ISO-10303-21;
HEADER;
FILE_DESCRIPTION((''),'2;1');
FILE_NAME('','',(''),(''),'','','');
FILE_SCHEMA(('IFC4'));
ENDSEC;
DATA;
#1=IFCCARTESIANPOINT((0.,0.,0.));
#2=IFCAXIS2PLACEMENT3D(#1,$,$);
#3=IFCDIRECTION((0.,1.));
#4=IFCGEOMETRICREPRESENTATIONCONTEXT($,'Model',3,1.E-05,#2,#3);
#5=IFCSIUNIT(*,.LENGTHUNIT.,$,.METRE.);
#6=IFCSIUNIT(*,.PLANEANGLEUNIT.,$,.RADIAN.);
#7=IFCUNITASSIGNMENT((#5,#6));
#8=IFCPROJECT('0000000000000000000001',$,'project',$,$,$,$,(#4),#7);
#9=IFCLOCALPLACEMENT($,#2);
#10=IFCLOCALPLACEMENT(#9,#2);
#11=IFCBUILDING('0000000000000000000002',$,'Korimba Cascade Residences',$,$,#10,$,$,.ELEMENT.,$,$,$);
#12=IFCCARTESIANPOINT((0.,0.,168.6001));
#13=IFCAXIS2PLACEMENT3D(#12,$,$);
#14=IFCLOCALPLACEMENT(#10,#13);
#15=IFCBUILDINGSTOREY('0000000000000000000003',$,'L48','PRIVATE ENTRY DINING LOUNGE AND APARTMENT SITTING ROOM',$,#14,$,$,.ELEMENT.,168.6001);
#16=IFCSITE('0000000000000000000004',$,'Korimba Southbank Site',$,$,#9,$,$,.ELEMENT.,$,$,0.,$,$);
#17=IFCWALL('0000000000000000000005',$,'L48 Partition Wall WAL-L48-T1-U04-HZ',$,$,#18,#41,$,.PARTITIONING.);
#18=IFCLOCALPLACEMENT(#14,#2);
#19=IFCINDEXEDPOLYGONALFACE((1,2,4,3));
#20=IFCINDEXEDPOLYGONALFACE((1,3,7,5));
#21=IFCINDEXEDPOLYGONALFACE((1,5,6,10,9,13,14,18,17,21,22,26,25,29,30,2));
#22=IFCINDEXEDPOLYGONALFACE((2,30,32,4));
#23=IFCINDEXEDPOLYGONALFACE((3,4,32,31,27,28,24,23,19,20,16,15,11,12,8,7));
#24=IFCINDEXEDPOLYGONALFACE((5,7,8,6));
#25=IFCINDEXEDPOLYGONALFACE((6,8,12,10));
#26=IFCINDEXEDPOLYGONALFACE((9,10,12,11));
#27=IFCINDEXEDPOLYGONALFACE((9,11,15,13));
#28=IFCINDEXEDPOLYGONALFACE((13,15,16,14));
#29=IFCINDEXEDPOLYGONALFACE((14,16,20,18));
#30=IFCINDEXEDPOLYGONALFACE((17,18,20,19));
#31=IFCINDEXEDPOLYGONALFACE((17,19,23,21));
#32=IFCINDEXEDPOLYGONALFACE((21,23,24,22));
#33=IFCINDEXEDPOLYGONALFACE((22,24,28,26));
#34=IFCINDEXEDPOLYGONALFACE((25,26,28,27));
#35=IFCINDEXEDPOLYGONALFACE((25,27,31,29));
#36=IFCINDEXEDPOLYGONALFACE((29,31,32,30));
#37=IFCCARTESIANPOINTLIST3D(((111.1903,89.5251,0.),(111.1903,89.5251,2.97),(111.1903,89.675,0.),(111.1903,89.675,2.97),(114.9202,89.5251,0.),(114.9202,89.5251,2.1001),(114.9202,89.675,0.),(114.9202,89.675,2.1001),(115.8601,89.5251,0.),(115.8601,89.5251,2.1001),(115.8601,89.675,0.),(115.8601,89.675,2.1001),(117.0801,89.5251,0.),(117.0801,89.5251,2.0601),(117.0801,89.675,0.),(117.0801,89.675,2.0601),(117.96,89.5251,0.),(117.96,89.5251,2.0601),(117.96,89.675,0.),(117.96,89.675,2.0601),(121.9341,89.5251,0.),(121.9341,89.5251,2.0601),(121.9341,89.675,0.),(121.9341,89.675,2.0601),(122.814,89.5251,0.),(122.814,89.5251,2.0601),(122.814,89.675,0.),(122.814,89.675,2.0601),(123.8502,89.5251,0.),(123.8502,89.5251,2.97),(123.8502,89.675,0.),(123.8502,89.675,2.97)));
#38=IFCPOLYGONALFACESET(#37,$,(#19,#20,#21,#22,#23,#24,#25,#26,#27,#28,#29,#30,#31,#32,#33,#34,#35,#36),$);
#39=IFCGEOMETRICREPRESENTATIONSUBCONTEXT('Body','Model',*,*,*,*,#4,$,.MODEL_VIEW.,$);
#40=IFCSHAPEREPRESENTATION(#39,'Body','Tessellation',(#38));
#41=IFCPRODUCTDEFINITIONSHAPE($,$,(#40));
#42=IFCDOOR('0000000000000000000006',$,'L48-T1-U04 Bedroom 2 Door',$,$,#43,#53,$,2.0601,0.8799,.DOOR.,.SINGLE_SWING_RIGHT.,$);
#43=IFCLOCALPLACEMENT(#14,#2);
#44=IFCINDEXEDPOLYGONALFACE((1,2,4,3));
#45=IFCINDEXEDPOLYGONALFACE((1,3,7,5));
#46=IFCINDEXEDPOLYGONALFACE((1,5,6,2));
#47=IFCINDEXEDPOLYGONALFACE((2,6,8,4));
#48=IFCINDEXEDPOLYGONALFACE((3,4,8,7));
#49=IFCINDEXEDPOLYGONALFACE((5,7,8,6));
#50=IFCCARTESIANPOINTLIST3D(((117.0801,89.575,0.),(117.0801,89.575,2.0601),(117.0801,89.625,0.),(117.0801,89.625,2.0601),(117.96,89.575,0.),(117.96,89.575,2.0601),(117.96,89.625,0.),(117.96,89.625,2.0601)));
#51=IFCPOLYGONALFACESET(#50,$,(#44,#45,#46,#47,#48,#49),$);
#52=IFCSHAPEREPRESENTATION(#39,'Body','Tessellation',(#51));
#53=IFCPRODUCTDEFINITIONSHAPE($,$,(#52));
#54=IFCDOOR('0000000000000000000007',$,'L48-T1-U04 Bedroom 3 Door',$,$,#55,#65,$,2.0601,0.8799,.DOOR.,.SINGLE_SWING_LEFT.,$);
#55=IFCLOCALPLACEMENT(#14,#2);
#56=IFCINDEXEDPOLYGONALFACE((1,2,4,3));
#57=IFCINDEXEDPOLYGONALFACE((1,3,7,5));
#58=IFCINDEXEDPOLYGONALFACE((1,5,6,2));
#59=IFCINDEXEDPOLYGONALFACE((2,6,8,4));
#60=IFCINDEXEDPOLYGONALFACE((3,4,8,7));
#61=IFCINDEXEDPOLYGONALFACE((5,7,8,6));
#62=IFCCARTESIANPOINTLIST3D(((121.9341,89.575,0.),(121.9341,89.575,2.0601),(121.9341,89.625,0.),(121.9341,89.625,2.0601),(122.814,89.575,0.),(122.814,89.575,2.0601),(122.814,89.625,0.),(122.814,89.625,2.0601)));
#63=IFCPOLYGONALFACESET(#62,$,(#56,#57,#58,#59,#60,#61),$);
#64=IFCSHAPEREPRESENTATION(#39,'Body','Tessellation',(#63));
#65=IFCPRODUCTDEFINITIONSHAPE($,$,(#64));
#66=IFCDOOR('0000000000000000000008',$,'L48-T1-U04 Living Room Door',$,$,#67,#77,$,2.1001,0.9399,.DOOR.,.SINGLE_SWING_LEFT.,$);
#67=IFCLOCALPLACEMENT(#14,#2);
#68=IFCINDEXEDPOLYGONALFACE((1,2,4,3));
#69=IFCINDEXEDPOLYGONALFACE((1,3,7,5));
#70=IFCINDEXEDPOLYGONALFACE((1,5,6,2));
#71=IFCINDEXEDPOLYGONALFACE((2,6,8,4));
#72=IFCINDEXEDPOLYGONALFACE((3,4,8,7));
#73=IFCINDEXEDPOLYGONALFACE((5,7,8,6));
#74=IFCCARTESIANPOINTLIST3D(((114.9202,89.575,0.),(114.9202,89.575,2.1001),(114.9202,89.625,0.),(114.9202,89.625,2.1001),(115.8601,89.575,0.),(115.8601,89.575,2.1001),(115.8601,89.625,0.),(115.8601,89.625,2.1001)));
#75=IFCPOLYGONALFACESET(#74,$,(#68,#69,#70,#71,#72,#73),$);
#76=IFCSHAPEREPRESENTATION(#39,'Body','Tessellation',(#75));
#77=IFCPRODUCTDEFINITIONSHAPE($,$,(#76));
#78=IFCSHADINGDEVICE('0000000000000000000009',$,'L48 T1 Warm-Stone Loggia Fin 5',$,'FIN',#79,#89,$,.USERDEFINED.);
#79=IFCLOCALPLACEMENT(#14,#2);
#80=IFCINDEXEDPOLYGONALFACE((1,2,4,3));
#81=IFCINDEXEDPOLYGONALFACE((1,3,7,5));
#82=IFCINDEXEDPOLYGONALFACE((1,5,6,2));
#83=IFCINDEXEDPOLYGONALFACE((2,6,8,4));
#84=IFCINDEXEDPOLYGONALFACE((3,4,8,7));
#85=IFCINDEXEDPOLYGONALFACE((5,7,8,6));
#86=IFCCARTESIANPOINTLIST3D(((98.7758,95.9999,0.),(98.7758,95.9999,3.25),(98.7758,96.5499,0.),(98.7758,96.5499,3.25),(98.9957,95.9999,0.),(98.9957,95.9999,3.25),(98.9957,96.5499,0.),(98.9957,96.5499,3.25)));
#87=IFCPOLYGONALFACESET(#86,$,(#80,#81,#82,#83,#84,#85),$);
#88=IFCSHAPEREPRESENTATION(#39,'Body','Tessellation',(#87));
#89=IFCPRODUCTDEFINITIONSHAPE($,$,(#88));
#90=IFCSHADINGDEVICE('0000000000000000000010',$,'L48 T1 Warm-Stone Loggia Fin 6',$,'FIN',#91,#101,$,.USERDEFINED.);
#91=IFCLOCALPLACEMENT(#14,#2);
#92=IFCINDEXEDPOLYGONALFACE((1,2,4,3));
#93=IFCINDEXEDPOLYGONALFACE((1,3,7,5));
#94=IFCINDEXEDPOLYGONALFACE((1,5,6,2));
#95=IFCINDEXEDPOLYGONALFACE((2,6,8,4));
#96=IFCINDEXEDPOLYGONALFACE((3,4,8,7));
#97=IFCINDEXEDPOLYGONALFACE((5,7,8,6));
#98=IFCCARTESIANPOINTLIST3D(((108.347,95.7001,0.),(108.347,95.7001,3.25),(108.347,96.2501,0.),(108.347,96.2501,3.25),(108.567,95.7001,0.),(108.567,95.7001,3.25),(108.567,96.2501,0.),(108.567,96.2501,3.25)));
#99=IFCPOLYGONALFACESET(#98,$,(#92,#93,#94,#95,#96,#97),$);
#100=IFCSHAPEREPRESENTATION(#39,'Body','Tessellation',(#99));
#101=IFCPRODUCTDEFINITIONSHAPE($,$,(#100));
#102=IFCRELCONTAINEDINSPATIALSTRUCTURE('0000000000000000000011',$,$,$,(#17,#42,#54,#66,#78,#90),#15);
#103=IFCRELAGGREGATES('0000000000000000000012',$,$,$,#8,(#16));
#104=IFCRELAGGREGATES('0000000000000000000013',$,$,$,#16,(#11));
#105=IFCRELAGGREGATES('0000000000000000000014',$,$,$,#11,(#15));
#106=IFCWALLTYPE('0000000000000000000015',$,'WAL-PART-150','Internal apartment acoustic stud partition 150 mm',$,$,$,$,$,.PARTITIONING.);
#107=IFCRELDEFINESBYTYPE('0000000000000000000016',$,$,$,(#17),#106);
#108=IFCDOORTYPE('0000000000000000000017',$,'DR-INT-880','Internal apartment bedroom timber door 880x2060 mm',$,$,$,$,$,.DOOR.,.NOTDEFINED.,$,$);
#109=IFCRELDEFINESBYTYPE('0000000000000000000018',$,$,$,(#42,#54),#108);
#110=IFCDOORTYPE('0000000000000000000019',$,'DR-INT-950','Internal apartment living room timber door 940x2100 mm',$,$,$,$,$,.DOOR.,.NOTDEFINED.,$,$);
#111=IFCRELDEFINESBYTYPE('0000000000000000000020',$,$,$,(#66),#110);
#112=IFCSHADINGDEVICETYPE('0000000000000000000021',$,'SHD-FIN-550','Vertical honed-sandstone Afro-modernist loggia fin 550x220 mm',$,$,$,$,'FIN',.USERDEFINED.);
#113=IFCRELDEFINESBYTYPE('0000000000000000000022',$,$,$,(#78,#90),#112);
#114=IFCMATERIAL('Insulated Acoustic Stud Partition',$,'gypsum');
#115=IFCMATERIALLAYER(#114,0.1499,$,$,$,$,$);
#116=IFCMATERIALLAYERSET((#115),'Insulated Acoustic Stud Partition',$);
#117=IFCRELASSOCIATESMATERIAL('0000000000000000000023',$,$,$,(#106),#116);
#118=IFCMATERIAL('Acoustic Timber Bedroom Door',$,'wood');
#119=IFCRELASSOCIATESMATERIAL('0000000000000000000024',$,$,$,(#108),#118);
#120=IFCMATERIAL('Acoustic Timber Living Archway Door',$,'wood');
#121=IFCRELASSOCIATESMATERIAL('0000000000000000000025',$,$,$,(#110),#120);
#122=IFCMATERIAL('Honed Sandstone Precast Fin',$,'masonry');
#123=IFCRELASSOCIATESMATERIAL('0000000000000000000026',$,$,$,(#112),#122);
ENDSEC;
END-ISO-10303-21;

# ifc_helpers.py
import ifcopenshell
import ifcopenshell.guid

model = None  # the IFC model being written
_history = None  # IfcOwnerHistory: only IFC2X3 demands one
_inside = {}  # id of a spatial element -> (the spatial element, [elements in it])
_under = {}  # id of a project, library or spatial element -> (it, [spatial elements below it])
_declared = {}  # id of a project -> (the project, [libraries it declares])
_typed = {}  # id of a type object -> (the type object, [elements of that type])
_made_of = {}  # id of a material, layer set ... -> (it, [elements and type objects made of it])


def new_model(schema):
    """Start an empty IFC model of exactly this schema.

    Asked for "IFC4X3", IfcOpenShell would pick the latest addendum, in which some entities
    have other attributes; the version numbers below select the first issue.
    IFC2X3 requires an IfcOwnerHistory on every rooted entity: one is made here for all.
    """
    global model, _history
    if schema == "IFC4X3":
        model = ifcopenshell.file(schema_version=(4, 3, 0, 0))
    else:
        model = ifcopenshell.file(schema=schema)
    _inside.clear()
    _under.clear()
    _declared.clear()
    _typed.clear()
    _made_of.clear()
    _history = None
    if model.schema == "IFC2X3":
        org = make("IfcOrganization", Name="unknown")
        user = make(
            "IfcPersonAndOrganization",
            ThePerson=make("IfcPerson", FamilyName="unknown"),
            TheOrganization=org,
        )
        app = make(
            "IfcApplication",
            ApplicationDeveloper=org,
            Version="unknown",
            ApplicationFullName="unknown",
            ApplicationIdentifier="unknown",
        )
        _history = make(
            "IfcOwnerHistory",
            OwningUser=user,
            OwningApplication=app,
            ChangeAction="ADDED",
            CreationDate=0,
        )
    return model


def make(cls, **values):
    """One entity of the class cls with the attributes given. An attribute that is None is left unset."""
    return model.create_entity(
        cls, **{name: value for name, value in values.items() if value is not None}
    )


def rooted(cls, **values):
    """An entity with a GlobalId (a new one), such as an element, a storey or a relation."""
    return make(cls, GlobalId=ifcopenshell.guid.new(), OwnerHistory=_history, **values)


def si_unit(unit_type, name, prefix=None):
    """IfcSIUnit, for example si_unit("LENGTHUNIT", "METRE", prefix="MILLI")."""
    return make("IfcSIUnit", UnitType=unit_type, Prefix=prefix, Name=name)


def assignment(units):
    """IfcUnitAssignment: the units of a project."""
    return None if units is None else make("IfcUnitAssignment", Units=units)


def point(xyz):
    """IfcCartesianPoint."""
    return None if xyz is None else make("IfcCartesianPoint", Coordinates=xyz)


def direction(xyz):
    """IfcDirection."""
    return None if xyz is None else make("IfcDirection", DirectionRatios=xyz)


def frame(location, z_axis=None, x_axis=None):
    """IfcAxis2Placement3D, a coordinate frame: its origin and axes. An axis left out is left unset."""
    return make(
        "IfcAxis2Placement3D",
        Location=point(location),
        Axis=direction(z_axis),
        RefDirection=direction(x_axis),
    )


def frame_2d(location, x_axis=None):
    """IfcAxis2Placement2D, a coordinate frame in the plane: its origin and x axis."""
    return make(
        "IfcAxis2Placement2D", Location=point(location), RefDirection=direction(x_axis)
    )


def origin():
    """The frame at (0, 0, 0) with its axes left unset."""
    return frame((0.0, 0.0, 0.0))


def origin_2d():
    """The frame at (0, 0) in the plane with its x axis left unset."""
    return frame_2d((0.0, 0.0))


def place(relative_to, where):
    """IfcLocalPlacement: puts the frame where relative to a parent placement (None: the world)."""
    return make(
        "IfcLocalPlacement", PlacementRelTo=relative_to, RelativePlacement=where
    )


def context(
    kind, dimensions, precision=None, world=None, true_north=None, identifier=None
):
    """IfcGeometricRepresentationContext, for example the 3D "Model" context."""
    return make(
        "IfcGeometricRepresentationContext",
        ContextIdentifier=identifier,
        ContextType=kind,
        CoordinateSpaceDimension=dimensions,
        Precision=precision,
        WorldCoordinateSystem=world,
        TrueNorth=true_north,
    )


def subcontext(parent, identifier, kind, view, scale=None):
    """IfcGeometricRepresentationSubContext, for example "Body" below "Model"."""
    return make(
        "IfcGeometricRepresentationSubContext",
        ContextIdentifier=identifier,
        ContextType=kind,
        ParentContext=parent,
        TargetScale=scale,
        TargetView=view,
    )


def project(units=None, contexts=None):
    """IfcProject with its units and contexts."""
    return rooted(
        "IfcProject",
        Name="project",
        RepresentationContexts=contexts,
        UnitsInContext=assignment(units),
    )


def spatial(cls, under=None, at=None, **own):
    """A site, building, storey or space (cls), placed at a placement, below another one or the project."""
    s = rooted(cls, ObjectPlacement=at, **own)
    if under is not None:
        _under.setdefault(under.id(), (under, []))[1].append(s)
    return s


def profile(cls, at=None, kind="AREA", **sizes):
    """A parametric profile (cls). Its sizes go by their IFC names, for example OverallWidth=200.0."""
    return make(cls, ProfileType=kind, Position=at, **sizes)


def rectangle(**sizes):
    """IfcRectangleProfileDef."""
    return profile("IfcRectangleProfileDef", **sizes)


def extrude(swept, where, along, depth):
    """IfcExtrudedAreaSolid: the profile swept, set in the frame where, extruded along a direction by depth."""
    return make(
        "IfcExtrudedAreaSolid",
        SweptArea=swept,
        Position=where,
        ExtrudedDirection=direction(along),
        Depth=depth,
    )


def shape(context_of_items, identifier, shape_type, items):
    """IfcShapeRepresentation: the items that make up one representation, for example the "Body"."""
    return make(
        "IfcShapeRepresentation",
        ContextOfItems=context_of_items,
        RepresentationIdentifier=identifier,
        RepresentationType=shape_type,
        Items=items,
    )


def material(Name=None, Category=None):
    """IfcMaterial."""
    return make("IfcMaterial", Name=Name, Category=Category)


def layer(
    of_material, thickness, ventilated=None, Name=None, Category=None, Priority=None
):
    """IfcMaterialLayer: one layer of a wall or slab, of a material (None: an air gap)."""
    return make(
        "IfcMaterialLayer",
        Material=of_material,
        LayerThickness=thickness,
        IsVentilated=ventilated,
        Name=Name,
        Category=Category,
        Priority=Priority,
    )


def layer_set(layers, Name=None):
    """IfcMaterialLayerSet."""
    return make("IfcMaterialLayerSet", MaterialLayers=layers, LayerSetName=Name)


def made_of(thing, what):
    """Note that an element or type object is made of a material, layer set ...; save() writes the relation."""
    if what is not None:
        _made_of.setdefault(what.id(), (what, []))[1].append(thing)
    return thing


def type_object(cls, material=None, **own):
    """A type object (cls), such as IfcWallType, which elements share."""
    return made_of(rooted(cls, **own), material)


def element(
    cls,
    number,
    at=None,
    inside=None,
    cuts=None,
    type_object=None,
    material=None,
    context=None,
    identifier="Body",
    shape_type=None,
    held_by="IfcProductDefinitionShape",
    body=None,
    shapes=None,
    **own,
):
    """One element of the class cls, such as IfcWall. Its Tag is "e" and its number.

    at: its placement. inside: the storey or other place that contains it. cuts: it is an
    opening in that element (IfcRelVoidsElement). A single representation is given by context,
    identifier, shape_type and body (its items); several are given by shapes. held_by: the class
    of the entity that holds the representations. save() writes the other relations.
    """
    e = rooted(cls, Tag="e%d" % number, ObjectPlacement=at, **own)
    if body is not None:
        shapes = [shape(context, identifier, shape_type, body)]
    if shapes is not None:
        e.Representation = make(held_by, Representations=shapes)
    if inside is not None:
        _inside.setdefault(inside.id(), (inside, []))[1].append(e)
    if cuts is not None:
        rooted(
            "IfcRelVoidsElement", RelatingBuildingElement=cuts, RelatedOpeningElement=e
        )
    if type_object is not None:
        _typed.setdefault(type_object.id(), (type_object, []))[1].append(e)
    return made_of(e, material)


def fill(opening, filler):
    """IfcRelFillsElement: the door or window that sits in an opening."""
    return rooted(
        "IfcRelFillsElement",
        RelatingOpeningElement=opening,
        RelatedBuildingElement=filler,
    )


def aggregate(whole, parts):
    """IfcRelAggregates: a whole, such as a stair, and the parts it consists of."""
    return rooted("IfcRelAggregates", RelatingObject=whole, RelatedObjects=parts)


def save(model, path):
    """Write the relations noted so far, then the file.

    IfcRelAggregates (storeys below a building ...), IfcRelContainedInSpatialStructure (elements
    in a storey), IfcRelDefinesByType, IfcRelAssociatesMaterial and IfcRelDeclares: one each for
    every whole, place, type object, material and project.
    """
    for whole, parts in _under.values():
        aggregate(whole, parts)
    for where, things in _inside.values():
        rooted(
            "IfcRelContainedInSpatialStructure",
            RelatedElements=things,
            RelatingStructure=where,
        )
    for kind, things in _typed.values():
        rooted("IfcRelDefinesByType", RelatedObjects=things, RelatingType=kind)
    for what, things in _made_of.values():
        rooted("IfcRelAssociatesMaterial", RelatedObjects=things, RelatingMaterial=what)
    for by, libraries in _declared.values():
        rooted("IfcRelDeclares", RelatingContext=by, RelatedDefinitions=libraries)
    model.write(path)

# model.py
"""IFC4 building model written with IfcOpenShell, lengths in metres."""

from ifc_helpers import new_model, si_unit, direction, frame, frame_2d, origin, origin_2d, place, context, subcontext, project, spatial, rectangle, extrude, material, layer, layer_set, type_object, element, fill, save


model = new_model("IFC4")

# Units and contexts
model_context = context("Model", 3, precision=1e-05, world=origin(), true_north=direction((0.0, 1.0)))
body_context = subcontext(model_context, "Body", "Model", "MODEL_VIEW")
ifc_project = project(units=[si_unit("LENGTHUNIT", "METRE"), si_unit("PLANEANGLEUNIT", "RADIAN")], contexts=[model_context])

# Site, building, storey
site_placement = place(None, origin())
site = spatial("IfcSite", under=ifc_project, at=site_placement, Name="Korimba Southbank Site", CompositionType="ELEMENT", RefElevation=0.0)
building_placement = place(site_placement, origin())
building = spatial("IfcBuilding", under=site, at=building_placement, Name="Korimba Cascade Residences", CompositionType="ELEMENT")
storey_placement = place(building_placement, frame((0.0, 0.0, 168.6001)))
storey = spatial("IfcBuildingStorey", under=building, at=storey_placement, Name="L48", Description="PRIVATE ENTRY DINING LOUNGE AND APARTMENT SITTING ROOM", CompositionType="ELEMENT", Elevation=168.6001)

# Shared definitions
ifc_material_1 = material(Name="Insulated Acoustic Stud Partition", Category="gypsum")
ifc_layer = layer(ifc_material_1, 0.1499)
ifc_layer_set = layer_set([ifc_layer], Name="Insulated Acoustic Stud Partition")
wall_type = type_object("IfcWallType", Name="WAL-PART-150", Description="Internal apartment acoustic stud partition 150 mm", PredefinedType="PARTITIONING", material=ifc_layer_set)

# Wall, openings, doors
ifc_material_2 = material(Name="Acoustic Timber Bedroom Door", Category="wood")
door_type_1 = type_object("IfcDoorType", Name="DR-INT-880", Description="Internal apartment bedroom timber door 880x2060 mm", OperationType="NOTDEFINED", PredefinedType="DOOR", material=ifc_material_2)
ifc_material_3 = material(Name="Acoustic Timber Living Archway Door", Category="wood")
door_type_2 = type_object("IfcDoorType", Name="DR-INT-950", Description="Internal apartment living room timber door 940x2100 mm", OperationType="NOTDEFINED", PredefinedType="DOOR", material=ifc_material_3)
wall_1_placement = place(storey_placement, frame((111.1902, 89.6001, 0.0), z_axis=(0.0, 0.0, 1.0), x_axis=(1.0, 0.0, 0.0)))
wall_1 = element("IfcWall", 1, at=wall_1_placement, inside=storey, type_object=wall_type, Name="L48 Partition Wall WAL-L48-T1-U04-HZ", PredefinedType="PARTITIONING", context=body_context, shape_type="SweptSolid", body=[
    extrude(rectangle(XDim=12.6599, YDim=0.1499, at=frame_2d((6.3301, 0.0))), origin(), (0.0, 0.0, 1.0), 2.97),
])
opening_1_placement = place(wall_1_placement, frame((3.73, 0.0, 0.0)))
opening_1 = element("IfcOpeningElement", 2, at=opening_1_placement, cuts=wall_1, PredefinedType="OPENING", context=body_context, shape_type="SweptSolid", body=[
    extrude(rectangle(XDim=0.9399, YDim=2.1001, at=frame_2d((0.47, 1.05))), frame((0.0, 0.085, 0.0), z_axis=(0.0, -1.0, 0.0), x_axis=(1.0, 0.0, 0.0)), (0.0, 0.0, 1.0), 0.1699),
])
opening_2_placement = place(wall_1_placement, frame((5.8899, 0.0, 0.0)))
opening_2 = element("IfcOpeningElement", 3, at=opening_2_placement, cuts=wall_1, PredefinedType="OPENING", context=body_context, shape_type="SweptSolid", body=[
    extrude(rectangle(XDim=0.8799, YDim=2.0601, at=frame_2d((0.4399, 1.03))), frame((0.0, 0.085, 0.0), z_axis=(0.0, -1.0, 0.0), x_axis=(1.0, 0.0, 0.0)), (0.0, 0.0, 1.0), 0.1699),
])
opening_3_placement = place(wall_1_placement, frame((10.7439, 0.0, 0.0)))
opening_3 = element("IfcOpeningElement", 4, at=opening_3_placement, cuts=wall_1, PredefinedType="OPENING", context=body_context, shape_type="SweptSolid", body=[
    extrude(rectangle(XDim=0.8799, YDim=2.0601, at=frame_2d((0.4399, 1.03))), frame((0.0, 0.085, 0.0), z_axis=(0.0, -1.0, 0.0), x_axis=(1.0, 0.0, 0.0)), (0.0, 0.0, 1.0), 0.1699),
])
door_1_placement = place(opening_2_placement, origin())
door_1 = element("IfcDoor", 5, at=door_1_placement, inside=storey, type_object=door_type_1, Name="L48-T1-U04 Bedroom 2 Door", OperationType="SINGLE_SWING_RIGHT", OverallHeight=2.0601, OverallWidth=0.8799, PredefinedType="DOOR", context=body_context, shape_type="SweptSolid", body=[
    extrude(rectangle(XDim=0.8799, YDim=2.0601, at=frame_2d((0.4399, 1.03))), frame((0.0, 0.0249, 0.0), z_axis=(0.0, -1.0, 0.0), x_axis=(1.0, 0.0, 0.0)), (0.0, 0.0, 1.0), 0.05),
])
fill(opening_2, door_1)
door_2_placement = place(opening_3_placement, origin())
door_2 = element("IfcDoor", 6, at=door_2_placement, inside=storey, type_object=door_type_1, Name="L48-T1-U04 Bedroom 3 Door", OperationType="SINGLE_SWING_LEFT", OverallHeight=2.0601, OverallWidth=0.8799, PredefinedType="DOOR", context=body_context, shape_type="SweptSolid", body=[
    extrude(rectangle(XDim=0.8799, YDim=2.0601, at=frame_2d((0.4399, 1.03))), frame((0.0, 0.0249, 0.0), z_axis=(0.0, -1.0, 0.0), x_axis=(1.0, 0.0, 0.0)), (0.0, 0.0, 1.0), 0.05),
])
fill(opening_3, door_2)
door_3_placement = place(opening_1_placement, origin())
door_3 = element("IfcDoor", 7, at=door_3_placement, inside=storey, type_object=door_type_2, Name="L48-T1-U04 Living Room Door", OperationType="SINGLE_SWING_LEFT", OverallHeight=2.1001, OverallWidth=0.9399, PredefinedType="DOOR", context=body_context, shape_type="SweptSolid", body=[
    extrude(rectangle(XDim=0.9399, YDim=2.1001, at=frame_2d((0.47, 1.05))), frame((0.0, 0.0249, 0.0), z_axis=(0.0, -1.0, 0.0), x_axis=(1.0, 0.0, 0.0)), (0.0, 0.0, 1.0), 0.05),
])
fill(opening_1, door_3)

# Shading devices
ifc_material_4 = material(Name="Honed Sandstone Precast Fin", Category="masonry")
shading_device_type = type_object("IfcShadingDeviceType", Name="SHD-FIN-550", Description="Vertical honed-sandstone Afro-modernist loggia fin 550x220 mm", ElementType="FIN", PredefinedType="USERDEFINED", material=ifc_material_4)
for number, where, z_axis, x_axis, name in (
    (8, (98.8857, 96.2749, 0.0), (0.0, 0.0, 1.0), (1.0, 0.0, 0.0), "L48 T1 Warm-Stone Loggia Fin 5"),
    (9, (108.457, 95.9751, 0.0), (0.0, 0.0, 1.0), (1.0, 0.0, 0.0), "L48 T1 Warm-Stone Loggia Fin 6"),
):
    element("IfcShadingDevice", number, at=place(storey_placement, frame(where, z_axis=z_axis, x_axis=x_axis)), inside=storey, type_object=shading_device_type, Name=name, ObjectType="FIN", PredefinedType="USERDEFINED", context=body_context, shape_type="SweptSolid", body=[
        extrude(rectangle(XDim=0.22, YDim=0.55, at=origin_2d()), origin(), (0.0, 0.0, 1.0), 3.25),
    ])

save(model, "model.ifc")
